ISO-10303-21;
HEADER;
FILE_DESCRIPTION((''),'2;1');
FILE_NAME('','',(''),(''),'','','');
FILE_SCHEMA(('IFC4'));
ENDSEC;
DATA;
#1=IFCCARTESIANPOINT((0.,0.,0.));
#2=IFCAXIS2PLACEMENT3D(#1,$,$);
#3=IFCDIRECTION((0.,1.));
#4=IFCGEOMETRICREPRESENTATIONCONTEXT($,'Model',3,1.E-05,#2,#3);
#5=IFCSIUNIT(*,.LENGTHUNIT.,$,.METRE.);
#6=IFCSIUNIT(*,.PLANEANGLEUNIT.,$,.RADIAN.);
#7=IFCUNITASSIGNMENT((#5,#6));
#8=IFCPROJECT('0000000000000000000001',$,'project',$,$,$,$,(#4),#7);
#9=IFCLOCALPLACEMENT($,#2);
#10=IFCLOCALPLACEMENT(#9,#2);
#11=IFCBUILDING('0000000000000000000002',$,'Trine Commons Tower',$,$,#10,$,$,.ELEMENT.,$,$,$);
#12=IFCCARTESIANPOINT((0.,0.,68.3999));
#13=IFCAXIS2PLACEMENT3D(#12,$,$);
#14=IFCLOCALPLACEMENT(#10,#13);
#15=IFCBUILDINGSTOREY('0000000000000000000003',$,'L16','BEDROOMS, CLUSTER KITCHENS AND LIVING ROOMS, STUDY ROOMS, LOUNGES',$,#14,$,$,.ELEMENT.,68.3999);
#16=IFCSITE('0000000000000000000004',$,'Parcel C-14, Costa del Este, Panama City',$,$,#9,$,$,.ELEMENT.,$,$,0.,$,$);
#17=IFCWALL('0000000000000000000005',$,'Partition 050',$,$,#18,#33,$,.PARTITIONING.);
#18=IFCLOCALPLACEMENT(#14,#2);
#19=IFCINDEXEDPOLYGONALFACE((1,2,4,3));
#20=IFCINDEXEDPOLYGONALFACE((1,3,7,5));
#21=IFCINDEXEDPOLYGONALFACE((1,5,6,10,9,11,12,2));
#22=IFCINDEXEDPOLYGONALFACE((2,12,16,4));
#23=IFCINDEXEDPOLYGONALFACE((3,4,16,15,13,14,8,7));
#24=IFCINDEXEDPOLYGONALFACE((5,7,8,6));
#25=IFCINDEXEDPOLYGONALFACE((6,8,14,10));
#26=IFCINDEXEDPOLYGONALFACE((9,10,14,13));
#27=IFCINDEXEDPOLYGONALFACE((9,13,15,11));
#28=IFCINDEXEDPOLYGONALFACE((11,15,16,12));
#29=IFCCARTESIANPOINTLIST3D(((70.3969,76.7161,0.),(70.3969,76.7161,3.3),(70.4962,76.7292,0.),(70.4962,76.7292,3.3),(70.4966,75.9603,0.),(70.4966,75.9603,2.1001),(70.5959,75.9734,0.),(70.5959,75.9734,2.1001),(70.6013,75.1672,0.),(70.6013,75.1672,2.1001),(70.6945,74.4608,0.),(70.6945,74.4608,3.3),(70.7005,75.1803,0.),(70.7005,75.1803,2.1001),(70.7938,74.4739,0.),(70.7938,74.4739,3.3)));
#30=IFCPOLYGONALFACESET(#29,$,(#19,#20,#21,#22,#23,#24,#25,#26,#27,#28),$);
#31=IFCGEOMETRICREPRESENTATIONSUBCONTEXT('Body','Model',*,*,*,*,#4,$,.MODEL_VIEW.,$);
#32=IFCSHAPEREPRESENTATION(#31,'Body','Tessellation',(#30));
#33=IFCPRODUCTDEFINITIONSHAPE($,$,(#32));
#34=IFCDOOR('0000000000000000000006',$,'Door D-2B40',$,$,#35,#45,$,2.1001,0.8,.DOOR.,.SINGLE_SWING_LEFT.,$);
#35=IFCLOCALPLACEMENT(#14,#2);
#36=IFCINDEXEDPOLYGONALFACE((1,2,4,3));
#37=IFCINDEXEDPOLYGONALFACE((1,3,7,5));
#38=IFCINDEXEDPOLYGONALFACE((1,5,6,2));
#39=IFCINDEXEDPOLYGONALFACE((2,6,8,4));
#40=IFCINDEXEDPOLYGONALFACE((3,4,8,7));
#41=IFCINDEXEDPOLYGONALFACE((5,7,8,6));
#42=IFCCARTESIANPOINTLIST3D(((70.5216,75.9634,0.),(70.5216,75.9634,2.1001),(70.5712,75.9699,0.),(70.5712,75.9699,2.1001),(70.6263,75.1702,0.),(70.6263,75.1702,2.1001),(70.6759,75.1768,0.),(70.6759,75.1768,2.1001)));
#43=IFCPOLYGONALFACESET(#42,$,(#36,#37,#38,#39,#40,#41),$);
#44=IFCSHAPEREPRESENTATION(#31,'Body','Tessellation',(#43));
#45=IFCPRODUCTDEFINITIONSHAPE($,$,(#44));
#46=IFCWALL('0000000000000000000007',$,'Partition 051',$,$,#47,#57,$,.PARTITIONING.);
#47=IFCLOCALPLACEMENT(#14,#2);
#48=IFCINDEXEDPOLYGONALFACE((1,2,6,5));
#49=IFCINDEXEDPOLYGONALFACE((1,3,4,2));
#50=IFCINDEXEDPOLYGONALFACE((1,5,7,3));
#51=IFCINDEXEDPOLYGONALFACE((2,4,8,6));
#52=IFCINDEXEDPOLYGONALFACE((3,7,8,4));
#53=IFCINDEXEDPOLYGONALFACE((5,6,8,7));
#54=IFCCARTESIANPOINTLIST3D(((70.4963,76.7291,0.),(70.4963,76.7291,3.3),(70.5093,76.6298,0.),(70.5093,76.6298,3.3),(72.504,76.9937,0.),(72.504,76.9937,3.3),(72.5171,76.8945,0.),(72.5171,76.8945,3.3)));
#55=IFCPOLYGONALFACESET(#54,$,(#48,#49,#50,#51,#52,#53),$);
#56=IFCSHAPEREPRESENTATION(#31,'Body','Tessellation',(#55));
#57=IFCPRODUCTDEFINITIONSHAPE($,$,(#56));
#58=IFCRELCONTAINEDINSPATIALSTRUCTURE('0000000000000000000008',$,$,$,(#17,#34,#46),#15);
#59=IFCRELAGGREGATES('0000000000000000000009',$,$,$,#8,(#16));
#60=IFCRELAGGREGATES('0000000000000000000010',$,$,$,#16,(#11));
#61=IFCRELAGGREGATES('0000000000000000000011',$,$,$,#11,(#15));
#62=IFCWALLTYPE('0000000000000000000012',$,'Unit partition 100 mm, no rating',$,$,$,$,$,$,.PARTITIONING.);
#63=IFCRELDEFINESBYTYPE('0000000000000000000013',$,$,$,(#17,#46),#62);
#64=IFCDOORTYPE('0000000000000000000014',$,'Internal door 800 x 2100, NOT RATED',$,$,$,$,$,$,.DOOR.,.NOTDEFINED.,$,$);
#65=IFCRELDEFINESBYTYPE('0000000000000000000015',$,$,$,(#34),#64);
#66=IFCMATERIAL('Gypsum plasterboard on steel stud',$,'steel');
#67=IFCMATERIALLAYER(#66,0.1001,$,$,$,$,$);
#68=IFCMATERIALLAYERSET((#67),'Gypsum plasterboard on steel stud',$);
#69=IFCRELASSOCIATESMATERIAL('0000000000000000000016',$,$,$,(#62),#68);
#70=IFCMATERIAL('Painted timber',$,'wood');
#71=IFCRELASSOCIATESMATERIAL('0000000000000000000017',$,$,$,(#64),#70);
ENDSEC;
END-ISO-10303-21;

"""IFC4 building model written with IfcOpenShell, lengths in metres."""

from ifc_helpers import new_model, si_unit, direction, frame, frame_2d, origin, place, context, subcontext, project, spatial, rectangle, extrude, material, layer, layer_set, type_object, element, fill, save


model = new_model("IFC4")

# Units and contexts
model_context = context("Model", 3, precision=1e-05, world=origin(), true_north=direction((0.0, 1.0)))
body_context = subcontext(model_context, "Body", "Model", "MODEL_VIEW")
ifc_project = project(units=[si_unit("LENGTHUNIT", "METRE"), si_unit("PLANEANGLEUNIT", "RADIAN")], contexts=[model_context])

# Site, building, storey
site_placement = place(None, origin())
site = spatial("IfcSite", under=ifc_project, at=site_placement, Name="Parcel C-14, Costa del Este, Panama City", CompositionType="ELEMENT", RefElevation=0.0)
building_placement = place(site_placement, origin())
building = spatial("IfcBuilding", under=site, at=building_placement, Name="Trine Commons Tower", CompositionType="ELEMENT")
storey_placement = place(building_placement, frame((0.0, 0.0, 68.3999)))
storey = spatial("IfcBuildingStorey", under=building, at=storey_placement, Name="L16", Description="BEDROOMS, CLUSTER KITCHENS AND LIVING ROOMS, STUDY ROOMS, LOUNGES", CompositionType="ELEMENT", Elevation=68.3999)

# Shared definitions
ifc_material_1 = material(Name="Gypsum plasterboard on steel stud", Category="steel")

# Wall, opening, door
ifc_layer_1 = layer(ifc_material_1, 0.1001)
ifc_layer_set_1 = layer_set([ifc_layer_1], Name="Gypsum plasterboard on steel stud")
wall_type_1 = type_object("IfcWallType", Name="Unit partition 100 mm, no rating", PredefinedType="PARTITIONING", material=ifc_layer_set_1)
wall_1_placement = place(storey_placement, frame((70.4465, 76.7227, 0.0), z_axis=(0.0, 0.0, 1.0), x_axis=(0.130821, -0.991406, 0.0)))
wall_1 = element("IfcWall", 1, at=wall_1_placement, inside=storey, type_object=wall_type_1, Name="Partition 050", PredefinedType="PARTITIONING", context=body_context, shape_type="SweptSolid", body=[
    extrude(rectangle(XDim=2.2749, YDim=0.1001, at=frame_2d((1.1375, 0.0))), origin(), (0.0, 0.0, 1.0), 3.3),
])
opening_1_placement = place(wall_1_placement, frame((0.7625, 0.0, 0.0)))
opening_1 = element("IfcOpeningElement", 2, at=opening_1_placement, cuts=wall_1, PredefinedType="OPENING", context=body_context, shape_type="SweptSolid", body=[
    extrude(rectangle(XDim=0.8, YDim=2.1001, at=frame_2d((0.3999, 1.05))), frame((0.0, 0.0601, 0.0), z_axis=(0.0, -1.0, 0.0), x_axis=(1.0, 0.0, 0.0)), (0.0, 0.0, 1.0), 0.1201),
])
ifc_material_2 = material(Name="Painted timber", Category="wood")
door_type_1 = type_object("IfcDoorType", Name="Internal door 800 x 2100, NOT RATED", OperationType="NOTDEFINED", PredefinedType="DOOR", material=ifc_material_2)
door_1_placement = place(opening_1_placement, frame((0.8, 0.0, 0.0), z_axis=(0.0, 0.0, 1.0), x_axis=(-1.0, 0.0, 0.0)))
door_1 = element("IfcDoor", 3, at=door_1_placement, inside=storey, type_object=door_type_1, Name="Door D-2B40", OperationType="SINGLE_SWING_LEFT", OverallHeight=2.1001, OverallWidth=0.8, PredefinedType="DOOR", context=body_context, shape_type="SweptSolid", body=[
    extrude(rectangle(XDim=0.8, YDim=2.1001, at=frame_2d((0.3999, 1.05))), frame((0.0, 0.0249, 0.0), z_axis=(0.0, -1.0, 0.0), x_axis=(1.0, 0.0, 0.0)), (0.0, 0.0, 1.0), 0.05),
])
fill(opening_1, door_1)

# Wall
wall_2_placement = place(storey_placement, frame((70.5027, 76.6794, 0.0), z_axis=(0.0, 0.0, 1.0), x_axis=(0.991425, 0.130679, 0.0)))
element("IfcWall", 4, at=wall_2_placement, inside=storey, type_object=wall_type_1, Name="Partition 051", PredefinedType="PARTITIONING", context=body_context, shape_type="SweptSolid", body=[
    extrude(rectangle(XDim=2.0251, YDim=0.1001, at=frame_2d((1.0127, 0.0))), origin(), (0.0, 0.0, 1.0), 3.3),
])

save(model, "model.ifc")
